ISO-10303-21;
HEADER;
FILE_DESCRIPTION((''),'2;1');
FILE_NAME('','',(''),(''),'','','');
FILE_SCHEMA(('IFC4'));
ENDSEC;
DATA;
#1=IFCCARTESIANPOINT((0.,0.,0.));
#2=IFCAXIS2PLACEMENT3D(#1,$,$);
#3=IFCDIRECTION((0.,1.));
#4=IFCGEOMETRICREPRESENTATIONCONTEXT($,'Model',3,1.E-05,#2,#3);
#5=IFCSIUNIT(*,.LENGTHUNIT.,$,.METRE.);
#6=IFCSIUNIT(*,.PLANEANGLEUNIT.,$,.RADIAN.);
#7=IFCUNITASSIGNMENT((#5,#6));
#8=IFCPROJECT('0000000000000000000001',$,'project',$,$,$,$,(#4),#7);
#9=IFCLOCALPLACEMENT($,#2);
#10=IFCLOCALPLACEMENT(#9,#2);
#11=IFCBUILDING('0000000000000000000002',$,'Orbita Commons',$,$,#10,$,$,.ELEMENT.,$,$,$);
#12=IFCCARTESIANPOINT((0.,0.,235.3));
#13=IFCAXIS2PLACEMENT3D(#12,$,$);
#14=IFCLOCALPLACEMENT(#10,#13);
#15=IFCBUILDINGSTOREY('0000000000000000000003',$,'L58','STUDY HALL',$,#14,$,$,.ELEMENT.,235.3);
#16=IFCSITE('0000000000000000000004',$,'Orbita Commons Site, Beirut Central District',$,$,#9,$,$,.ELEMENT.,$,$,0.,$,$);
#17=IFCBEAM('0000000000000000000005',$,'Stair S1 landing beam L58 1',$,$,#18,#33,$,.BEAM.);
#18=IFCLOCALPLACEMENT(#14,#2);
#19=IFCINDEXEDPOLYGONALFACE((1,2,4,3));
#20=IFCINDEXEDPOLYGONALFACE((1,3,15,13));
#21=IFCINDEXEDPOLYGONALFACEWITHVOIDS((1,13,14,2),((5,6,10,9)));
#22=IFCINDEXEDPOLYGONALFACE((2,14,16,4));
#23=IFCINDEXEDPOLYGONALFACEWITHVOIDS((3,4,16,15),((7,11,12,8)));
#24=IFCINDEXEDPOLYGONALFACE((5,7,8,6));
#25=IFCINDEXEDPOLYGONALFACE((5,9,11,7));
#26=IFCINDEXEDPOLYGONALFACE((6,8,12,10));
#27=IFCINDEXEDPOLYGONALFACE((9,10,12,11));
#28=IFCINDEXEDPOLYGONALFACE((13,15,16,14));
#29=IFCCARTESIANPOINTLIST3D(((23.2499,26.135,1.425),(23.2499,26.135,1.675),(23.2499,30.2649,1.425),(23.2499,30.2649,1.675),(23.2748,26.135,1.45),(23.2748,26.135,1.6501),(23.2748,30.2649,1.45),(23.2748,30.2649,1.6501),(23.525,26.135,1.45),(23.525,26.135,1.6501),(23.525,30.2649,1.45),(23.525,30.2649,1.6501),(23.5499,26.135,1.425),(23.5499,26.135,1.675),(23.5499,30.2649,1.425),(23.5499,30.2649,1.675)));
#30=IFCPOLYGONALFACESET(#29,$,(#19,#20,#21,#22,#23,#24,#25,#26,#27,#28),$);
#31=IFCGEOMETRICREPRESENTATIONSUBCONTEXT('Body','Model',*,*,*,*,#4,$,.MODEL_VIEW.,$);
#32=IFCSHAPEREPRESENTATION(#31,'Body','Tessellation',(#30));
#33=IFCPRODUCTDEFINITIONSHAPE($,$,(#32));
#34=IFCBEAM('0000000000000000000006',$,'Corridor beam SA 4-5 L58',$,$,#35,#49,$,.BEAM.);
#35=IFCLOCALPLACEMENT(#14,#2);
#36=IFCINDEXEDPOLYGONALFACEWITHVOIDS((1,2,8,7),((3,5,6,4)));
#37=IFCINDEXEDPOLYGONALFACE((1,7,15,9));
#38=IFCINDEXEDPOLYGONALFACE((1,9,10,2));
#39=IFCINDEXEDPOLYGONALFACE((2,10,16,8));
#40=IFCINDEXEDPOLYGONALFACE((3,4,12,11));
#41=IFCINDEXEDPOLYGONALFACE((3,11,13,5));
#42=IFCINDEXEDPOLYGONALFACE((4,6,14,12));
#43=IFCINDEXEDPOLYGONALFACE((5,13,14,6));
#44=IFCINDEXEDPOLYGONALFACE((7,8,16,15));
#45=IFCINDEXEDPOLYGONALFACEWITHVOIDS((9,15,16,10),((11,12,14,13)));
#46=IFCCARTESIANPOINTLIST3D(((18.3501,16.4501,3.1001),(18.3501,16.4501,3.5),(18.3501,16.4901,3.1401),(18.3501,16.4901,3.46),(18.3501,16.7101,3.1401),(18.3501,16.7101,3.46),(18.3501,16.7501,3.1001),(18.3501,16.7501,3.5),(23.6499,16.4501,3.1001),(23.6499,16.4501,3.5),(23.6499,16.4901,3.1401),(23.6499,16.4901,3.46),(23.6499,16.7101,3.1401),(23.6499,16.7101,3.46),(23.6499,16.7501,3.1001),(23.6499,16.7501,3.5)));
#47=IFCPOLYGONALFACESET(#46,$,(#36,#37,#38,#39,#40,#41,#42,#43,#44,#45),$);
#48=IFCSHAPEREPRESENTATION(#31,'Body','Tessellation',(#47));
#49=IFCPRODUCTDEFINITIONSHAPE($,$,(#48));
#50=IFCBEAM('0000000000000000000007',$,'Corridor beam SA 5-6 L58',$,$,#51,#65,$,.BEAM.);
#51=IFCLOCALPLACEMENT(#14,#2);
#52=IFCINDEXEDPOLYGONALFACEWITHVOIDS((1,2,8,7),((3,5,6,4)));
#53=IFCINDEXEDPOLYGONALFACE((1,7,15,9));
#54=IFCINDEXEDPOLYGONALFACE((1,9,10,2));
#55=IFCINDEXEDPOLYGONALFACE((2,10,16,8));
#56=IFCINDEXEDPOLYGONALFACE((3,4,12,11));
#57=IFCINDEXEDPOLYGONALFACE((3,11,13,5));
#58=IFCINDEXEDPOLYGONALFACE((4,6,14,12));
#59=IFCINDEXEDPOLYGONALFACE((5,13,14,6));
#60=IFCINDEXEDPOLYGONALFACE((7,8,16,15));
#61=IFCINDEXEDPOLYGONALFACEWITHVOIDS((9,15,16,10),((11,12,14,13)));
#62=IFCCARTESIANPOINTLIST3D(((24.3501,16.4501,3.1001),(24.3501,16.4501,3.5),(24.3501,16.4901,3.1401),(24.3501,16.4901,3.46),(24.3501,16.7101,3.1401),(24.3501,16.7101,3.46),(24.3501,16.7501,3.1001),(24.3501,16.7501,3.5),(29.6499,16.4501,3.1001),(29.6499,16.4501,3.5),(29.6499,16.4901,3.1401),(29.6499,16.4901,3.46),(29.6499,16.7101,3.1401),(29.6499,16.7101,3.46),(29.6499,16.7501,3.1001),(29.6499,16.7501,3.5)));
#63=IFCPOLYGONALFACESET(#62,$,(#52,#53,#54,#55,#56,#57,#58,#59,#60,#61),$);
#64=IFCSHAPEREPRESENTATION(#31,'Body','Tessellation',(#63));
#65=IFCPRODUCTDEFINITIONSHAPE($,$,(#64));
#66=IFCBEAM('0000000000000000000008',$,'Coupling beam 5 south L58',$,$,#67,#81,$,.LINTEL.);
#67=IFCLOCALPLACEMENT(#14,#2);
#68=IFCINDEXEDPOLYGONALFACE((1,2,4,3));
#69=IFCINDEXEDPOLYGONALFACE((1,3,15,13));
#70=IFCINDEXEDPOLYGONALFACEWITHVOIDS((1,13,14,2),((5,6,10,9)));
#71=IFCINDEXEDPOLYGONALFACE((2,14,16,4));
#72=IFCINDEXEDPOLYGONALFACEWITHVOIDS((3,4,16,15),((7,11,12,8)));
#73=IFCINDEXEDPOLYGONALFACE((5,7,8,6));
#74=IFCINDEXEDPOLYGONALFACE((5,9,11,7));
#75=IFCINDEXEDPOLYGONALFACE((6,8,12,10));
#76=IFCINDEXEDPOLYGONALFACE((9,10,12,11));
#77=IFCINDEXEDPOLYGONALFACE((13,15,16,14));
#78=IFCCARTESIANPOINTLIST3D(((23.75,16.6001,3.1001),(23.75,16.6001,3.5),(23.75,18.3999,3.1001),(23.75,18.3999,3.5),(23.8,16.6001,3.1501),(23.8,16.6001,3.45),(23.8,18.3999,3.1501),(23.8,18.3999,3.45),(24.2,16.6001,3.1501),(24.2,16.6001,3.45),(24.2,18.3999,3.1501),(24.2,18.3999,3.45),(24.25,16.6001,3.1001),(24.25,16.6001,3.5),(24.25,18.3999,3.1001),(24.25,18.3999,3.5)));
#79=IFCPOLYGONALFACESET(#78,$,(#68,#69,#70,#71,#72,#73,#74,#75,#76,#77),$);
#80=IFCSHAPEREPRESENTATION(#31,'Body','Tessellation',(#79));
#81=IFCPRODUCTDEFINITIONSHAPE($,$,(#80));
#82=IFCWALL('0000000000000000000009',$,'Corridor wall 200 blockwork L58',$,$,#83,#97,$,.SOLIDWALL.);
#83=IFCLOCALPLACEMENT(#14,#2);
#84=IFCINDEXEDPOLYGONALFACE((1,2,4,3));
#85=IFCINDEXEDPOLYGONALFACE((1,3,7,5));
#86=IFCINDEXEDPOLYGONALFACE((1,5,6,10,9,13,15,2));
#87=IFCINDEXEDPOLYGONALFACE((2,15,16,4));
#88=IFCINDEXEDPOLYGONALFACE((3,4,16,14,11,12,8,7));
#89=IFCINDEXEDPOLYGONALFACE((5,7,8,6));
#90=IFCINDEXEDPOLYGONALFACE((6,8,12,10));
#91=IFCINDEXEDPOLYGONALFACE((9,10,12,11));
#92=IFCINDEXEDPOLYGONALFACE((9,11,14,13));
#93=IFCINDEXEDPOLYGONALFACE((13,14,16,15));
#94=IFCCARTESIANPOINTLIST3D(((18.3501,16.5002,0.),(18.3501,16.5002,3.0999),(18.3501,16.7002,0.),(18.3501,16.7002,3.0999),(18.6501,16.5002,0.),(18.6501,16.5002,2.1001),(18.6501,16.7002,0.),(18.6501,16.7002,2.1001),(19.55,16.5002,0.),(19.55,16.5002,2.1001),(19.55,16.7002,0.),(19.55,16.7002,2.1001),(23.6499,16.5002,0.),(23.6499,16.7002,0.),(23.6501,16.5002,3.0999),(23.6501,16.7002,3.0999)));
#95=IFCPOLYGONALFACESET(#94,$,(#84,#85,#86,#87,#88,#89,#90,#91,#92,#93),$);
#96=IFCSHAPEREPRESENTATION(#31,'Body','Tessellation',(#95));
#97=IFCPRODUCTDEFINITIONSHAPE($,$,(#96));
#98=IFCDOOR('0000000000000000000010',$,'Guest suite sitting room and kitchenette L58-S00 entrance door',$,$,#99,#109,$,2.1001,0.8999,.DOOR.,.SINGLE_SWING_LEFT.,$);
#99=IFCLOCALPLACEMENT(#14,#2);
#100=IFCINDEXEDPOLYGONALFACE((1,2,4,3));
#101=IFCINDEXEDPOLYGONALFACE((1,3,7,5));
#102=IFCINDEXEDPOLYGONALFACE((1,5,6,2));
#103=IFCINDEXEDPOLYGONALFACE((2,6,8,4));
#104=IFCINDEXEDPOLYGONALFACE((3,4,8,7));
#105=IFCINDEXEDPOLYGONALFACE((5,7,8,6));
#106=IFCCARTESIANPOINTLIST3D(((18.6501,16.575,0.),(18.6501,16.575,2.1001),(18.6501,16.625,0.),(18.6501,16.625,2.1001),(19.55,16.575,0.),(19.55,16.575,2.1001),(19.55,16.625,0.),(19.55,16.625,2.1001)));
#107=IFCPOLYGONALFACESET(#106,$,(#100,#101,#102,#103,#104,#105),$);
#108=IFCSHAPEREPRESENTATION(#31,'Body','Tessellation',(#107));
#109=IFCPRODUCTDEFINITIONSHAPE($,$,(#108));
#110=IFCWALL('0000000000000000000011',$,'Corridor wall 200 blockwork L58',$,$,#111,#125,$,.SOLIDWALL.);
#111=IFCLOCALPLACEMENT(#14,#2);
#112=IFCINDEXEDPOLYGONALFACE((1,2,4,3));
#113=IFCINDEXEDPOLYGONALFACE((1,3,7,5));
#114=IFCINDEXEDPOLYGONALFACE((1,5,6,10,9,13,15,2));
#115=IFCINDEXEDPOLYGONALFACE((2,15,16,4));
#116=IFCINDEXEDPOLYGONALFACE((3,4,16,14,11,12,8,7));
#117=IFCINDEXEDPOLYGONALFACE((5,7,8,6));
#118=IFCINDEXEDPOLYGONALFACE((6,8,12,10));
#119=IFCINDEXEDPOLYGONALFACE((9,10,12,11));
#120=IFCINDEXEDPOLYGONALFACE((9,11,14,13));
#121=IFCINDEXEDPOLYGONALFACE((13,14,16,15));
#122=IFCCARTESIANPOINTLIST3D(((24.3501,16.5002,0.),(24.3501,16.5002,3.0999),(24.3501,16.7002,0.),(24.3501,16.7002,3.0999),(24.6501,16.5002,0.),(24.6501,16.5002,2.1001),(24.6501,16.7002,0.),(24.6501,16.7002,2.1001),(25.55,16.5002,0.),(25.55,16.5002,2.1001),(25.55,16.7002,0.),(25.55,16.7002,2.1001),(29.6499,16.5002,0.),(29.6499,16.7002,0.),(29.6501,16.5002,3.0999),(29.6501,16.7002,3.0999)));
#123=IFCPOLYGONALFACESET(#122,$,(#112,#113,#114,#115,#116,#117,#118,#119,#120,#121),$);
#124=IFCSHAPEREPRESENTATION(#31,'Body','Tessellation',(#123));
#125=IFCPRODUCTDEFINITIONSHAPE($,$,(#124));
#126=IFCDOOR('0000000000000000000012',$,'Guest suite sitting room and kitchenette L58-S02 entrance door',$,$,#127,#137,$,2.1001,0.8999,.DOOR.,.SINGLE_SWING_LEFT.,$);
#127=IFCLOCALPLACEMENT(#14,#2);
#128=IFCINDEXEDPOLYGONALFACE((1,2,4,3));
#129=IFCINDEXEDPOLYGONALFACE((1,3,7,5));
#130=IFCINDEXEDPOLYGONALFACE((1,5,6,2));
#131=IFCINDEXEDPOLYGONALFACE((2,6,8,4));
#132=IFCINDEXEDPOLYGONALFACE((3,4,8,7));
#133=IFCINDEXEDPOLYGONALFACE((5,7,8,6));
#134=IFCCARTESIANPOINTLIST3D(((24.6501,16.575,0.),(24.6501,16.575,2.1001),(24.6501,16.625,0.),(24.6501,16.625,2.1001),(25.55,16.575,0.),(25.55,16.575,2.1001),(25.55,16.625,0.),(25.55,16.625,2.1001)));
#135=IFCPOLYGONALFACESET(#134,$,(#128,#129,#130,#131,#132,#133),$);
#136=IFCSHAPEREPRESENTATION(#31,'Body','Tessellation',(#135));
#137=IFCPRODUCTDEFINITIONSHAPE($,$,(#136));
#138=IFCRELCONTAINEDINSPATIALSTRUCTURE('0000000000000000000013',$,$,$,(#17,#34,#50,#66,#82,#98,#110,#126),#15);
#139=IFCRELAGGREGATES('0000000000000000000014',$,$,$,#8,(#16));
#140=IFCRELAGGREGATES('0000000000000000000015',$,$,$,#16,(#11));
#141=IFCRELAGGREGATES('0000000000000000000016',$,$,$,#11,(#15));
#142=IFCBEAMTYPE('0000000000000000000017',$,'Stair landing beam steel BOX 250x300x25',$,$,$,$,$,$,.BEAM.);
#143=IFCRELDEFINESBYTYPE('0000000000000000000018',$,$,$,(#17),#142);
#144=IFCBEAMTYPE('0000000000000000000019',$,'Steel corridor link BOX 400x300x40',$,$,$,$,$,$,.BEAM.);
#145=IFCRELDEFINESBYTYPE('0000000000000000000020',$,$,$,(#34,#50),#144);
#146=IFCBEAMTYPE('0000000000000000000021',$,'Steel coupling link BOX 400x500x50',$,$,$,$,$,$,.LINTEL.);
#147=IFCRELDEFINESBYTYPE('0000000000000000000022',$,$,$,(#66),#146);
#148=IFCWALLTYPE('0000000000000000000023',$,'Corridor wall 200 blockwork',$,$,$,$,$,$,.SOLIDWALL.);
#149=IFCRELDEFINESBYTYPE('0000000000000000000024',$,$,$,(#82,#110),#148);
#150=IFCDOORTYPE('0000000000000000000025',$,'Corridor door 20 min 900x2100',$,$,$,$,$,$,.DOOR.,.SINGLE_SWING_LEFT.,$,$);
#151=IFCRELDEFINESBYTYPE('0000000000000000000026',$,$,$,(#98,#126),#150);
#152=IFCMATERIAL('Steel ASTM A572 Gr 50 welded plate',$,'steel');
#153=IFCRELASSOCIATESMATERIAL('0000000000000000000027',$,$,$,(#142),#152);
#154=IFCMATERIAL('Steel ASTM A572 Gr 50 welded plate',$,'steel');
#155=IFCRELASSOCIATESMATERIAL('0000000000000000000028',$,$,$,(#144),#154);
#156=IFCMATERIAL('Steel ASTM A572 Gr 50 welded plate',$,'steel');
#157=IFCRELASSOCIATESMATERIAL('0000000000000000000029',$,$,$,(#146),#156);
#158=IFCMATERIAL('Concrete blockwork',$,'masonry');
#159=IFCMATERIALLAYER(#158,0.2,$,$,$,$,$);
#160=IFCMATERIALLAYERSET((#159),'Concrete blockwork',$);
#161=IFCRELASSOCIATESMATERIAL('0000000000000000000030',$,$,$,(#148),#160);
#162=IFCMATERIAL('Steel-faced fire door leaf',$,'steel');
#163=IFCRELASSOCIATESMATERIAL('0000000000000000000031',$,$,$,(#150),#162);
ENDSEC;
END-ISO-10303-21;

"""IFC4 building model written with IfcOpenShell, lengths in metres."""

from ifc_helpers import new_model, si_unit, direction, frame, frame_2d, origin, origin_2d, place, context, subcontext, project, spatial, polyline, rectangle, hollow_rectangle, outline, extrude, material, layer, layer_set, material_profile, profile_set, type_object, element, fill, save


model = new_model("IFC4")

# Units and contexts
model_context = context("Model", 3, precision=1e-05, world=origin(), true_north=direction((0.0, 1.0)))
body_context = subcontext(model_context, "Body", "Model", "MODEL_VIEW")
ifc_project = project(units=[si_unit("LENGTHUNIT", "METRE"), si_unit("PLANEANGLEUNIT", "RADIAN")], contexts=[model_context])

# Site, building, storey
site_placement = place(None, origin())
site = spatial("IfcSite", under=ifc_project, at=site_placement, Name="Orbita Commons Site, Beirut Central District", CompositionType="ELEMENT", RefElevation=0.0)
building_placement = place(site_placement, origin())
building = spatial("IfcBuilding", under=site, at=building_placement, Name="Orbita Commons", CompositionType="ELEMENT")
storey_placement = place(building_placement, frame((0.0, 0.0, 235.3)))
storey = spatial("IfcBuildingStorey", under=building, at=storey_placement, Name="L58", Description="STUDY HALL", CompositionType="ELEMENT", Elevation=235.3)

# Beams
ifc_material_1 = material(Name="Steel ASTM A572 Gr 50 welded plate", Category="steel")
ifc_material_profile_1 = material_profile(ifc_material_1, hollow_rectangle(XDim=0.3, YDim=0.25, WallThickness=0.0249, at=origin_2d()), Name="BOX 250x300x25")
ifc_profile_set_1 = profile_set([ifc_material_profile_1], Name="Steel ASTM A572 Gr 50 welded plate")
beam_type_1 = type_object("IfcBeamType", Name="Stair landing beam steel BOX 250x300x25", PredefinedType="BEAM", material=ifc_profile_set_1)
beam_1_placement = place(storey_placement, frame((23.3999, 26.135, 1.55), z_axis=(0.0, 1.0, 0.0), x_axis=(-1.0, 0.0, 0.0)))
element("IfcBeam", 1, at=beam_1_placement, inside=storey, type_object=beam_type_1, Name="Stair S1 landing beam L58 1", PredefinedType="BEAM", context=body_context, shape_type="SweptSolid", body=[
    extrude(hollow_rectangle(XDim=0.3, YDim=0.25, WallThickness=0.0249, at=origin_2d()), origin(), (0.0, 0.0, 1.0), 4.1299),
])
ifc_material_2 = material(Name="Steel ASTM A572 Gr 50 welded plate", Category="steel")
ifc_material_profile_2 = material_profile(ifc_material_2, hollow_rectangle(XDim=0.3, YDim=0.3999, WallThickness=0.04, at=origin_2d()), Name="BOX 400x300x40")
ifc_profile_set_2 = profile_set([ifc_material_profile_2], Name="Steel ASTM A572 Gr 50 welded plate")
beam_type_2 = type_object("IfcBeamType", Name="Steel corridor link BOX 400x300x40", PredefinedType="BEAM", material=ifc_profile_set_2)
for number, where, z_axis, x_axis, name in (
    (2, (18.3501, 16.6001, 3.3), (1.0, 0.0, 0.0), (0.0, 1.0, 0.0), "Corridor beam SA 4-5 L58"),
    (3, (24.3501, 16.6001, 3.3), (1.0, 0.0, 0.0), (0.0, 1.0, 0.0), "Corridor beam SA 5-6 L58"),
):
    element("IfcBeam", number, at=place(storey_placement, frame(where, z_axis=z_axis, x_axis=x_axis)), inside=storey, type_object=beam_type_2, Name=name, PredefinedType="BEAM", context=body_context, shape_type="SweptSolid", body=[
        extrude(hollow_rectangle(XDim=0.3, YDim=0.3999, WallThickness=0.04, at=origin_2d()), origin(), (0.0, 0.0, 1.0), 5.2998),
    ])
ifc_material_3 = material(Name="Steel ASTM A572 Gr 50 welded plate", Category="steel")
ifc_material_profile_3 = material_profile(ifc_material_3, hollow_rectangle(XDim=0.5, YDim=0.3999, WallThickness=0.05, at=origin_2d()), Name="BOX 400x500x50")
ifc_profile_set_3 = profile_set([ifc_material_profile_3], Name="Steel ASTM A572 Gr 50 welded plate")
beam_type_3 = type_object("IfcBeamType", Name="Steel coupling link BOX 400x500x50", PredefinedType="LINTEL", material=ifc_profile_set_3)
beam_2_placement = place(storey_placement, frame((24.0, 16.6001, 3.3), z_axis=(0.0, 1.0, 0.0), x_axis=(-1.0, 0.0, 0.0)))
element("IfcBeam", 4, at=beam_2_placement, inside=storey, type_object=beam_type_3, Name="Coupling beam 5 south L58", PredefinedType="LINTEL", context=body_context, shape_type="SweptSolid", body=[
    extrude(hollow_rectangle(XDim=0.5, YDim=0.3999, WallThickness=0.05, at=origin_2d()), origin(), (0.0, 0.0, 1.0), 1.7998),
])

# Walls, openings, doors
ifc_material_4 = material(Name="Concrete blockwork", Category="masonry")
ifc_layer_1 = layer(ifc_material_4, 0.2)
ifc_layer_set_1 = layer_set([ifc_layer_1], Name="Concrete blockwork")
wall_type_1 = type_object("IfcWallType", Name="Corridor wall 200 blockwork", PredefinedType="SOLIDWALL", material=ifc_layer_set_1)
wall_1_placement = place(storey_placement, frame((18.3501, 16.6001, 0.0), z_axis=(0.0, 0.0, 1.0), x_axis=(1.0, 0.0, 0.0)))
wall_1 = element("IfcWall", 5, at=wall_1_placement, inside=storey, type_object=wall_type_1, Name="Corridor wall 200 blockwork L58", PredefinedType="SOLIDWALL", context=body_context, shape_type="SweptSolid", body=[
    extrude(outline(polyline([(0.0, 0.0), (5.2998, 0.0), (5.3, 3.0999), (0.0, 3.0999), (0.0, 0.0)])), frame((0.0, 0.1001, 0.0), z_axis=(0.0, -1.0, 0.0), x_axis=(1.0, 0.0, 0.0)), (0.0, 0.0, 1.0), 0.2),
])
opening_1_placement = place(wall_1_placement, frame((0.3, 0.0, 0.0)))
opening_1 = element("IfcOpeningElement", 6, at=opening_1_placement, cuts=wall_1, PredefinedType="OPENING", context=body_context, shape_type="SweptSolid", body=[
    extrude(rectangle(XDim=0.8999, YDim=2.1001, at=frame_2d((0.45, 1.05))), frame((0.0, 0.1099, 0.0), z_axis=(0.0, -1.0, 0.0), x_axis=(1.0, 0.0, 0.0)), (0.0, 0.0, 1.0), 0.22),
])
ifc_material_5 = material(Name="Steel-faced fire door leaf", Category="steel")
door_type_1 = type_object("IfcDoorType", Name="Corridor door 20 min 900x2100", OperationType="SINGLE_SWING_LEFT", PredefinedType="DOOR", material=ifc_material_5)
door_1_placement = place(opening_1_placement, origin())
door_1 = element("IfcDoor", 7, at=door_1_placement, inside=storey, type_object=door_type_1, Name="Guest suite sitting room and kitchenette L58-S00 entrance door", OperationType="SINGLE_SWING_LEFT", OverallHeight=2.1001, OverallWidth=0.8999, PredefinedType="DOOR", context=body_context, shape_type="SweptSolid", body=[
    extrude(rectangle(XDim=0.8999, YDim=2.1001, at=frame_2d((0.45, 1.05))), frame((0.0, 0.0249, 0.0), z_axis=(0.0, -1.0, 0.0), x_axis=(1.0, 0.0, 0.0)), (0.0, 0.0, 1.0), 0.05),
])
fill(opening_1, door_1)
wall_2_placement = place(storey_placement, frame((24.3501, 16.6001, 0.0), z_axis=(0.0, 0.0, 1.0), x_axis=(1.0, 0.0, 0.0)))
wall_2 = element("IfcWall", 8, at=wall_2_placement, inside=storey, type_object=wall_type_1, Name="Corridor wall 200 blockwork L58", PredefinedType="SOLIDWALL", context=body_context, shape_type="SweptSolid", body=[
    extrude(outline(polyline([(0.0, 0.0), (5.2998, 0.0), (5.3, 3.0999), (0.0, 3.0999), (0.0, 0.0)])), frame((0.0, 0.1001, 0.0), z_axis=(0.0, -1.0, 0.0), x_axis=(1.0, 0.0, 0.0)), (0.0, 0.0, 1.0), 0.2),
])
opening_2_placement = place(wall_2_placement, frame((0.3, 0.0, 0.0)))
opening_2 = element("IfcOpeningElement", 9, at=opening_2_placement, cuts=wall_2, PredefinedType="OPENING", context=body_context, shape_type="SweptSolid", body=[
    extrude(rectangle(XDim=0.8999, YDim=2.1001, at=frame_2d((0.45, 1.05))), frame((0.0, 0.1099, 0.0), z_axis=(0.0, -1.0, 0.0), x_axis=(1.0, 0.0, 0.0)), (0.0, 0.0, 1.0), 0.22),
])
door_2_placement = place(opening_2_placement, origin())
door_2 = element("IfcDoor", 10, at=door_2_placement, inside=storey, type_object=door_type_1, Name="Guest suite sitting room and kitchenette L58-S02 entrance door", OperationType="SINGLE_SWING_LEFT", OverallHeight=2.1001, OverallWidth=0.8999, PredefinedType="DOOR", context=body_context, shape_type="SweptSolid", body=[
    extrude(rectangle(XDim=0.8999, YDim=2.1001, at=frame_2d((0.45, 1.05))), frame((0.0, 0.0249, 0.0), z_axis=(0.0, -1.0, 0.0), x_axis=(1.0, 0.0, 0.0)), (0.0, 0.0, 1.0), 0.05),
])
fill(opening_2, door_2)

save(model, "model.ifc")
